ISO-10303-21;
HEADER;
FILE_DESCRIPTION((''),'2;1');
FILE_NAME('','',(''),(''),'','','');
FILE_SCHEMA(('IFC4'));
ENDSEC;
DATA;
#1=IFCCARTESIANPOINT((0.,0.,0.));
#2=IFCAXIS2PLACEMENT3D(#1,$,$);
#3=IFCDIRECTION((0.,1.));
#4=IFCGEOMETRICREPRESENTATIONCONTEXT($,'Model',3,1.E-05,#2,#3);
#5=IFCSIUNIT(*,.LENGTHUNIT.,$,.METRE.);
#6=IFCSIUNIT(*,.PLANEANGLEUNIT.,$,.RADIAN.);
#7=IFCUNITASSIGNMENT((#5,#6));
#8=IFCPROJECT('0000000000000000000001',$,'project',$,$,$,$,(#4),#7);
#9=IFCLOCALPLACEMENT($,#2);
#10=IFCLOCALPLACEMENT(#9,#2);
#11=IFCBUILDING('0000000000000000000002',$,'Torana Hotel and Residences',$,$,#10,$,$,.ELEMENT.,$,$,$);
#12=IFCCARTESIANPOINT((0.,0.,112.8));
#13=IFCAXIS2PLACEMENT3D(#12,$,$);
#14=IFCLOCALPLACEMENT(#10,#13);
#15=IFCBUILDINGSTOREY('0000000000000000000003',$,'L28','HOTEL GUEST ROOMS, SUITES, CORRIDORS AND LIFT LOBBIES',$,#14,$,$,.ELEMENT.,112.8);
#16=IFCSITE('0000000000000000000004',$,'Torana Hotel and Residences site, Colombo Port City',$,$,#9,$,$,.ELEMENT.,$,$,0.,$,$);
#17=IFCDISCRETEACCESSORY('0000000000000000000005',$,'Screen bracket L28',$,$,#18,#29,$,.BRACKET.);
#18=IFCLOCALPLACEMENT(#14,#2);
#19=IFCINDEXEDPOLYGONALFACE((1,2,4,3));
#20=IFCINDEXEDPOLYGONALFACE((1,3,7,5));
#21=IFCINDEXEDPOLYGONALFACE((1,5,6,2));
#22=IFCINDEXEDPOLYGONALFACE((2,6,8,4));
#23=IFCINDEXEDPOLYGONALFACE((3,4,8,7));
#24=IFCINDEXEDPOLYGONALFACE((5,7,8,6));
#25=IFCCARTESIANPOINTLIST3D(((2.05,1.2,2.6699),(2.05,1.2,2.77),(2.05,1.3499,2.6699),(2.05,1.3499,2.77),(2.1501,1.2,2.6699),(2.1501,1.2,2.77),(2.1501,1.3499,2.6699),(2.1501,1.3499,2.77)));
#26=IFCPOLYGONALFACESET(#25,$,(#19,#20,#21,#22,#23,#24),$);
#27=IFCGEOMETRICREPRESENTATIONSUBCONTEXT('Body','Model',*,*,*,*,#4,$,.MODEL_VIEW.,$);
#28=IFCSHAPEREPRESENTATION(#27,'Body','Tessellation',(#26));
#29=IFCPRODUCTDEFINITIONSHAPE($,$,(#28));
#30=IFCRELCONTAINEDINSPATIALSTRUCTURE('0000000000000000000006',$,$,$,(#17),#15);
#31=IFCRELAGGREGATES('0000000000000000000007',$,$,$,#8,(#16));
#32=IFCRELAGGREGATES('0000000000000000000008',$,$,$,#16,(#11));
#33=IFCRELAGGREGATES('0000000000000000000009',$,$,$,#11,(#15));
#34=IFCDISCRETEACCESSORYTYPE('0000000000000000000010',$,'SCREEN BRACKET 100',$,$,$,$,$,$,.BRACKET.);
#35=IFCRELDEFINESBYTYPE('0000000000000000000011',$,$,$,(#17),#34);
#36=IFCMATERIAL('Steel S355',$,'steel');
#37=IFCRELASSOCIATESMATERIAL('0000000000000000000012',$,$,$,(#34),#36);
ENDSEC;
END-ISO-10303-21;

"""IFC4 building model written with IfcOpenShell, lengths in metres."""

from ifc_helpers import new_model, si_unit, direction, frame, origin, origin_2d, place, context, subcontext, project, spatial, rectangle, extrude, material, type_object, element, save


model = new_model("IFC4")

# Units and contexts
model_context = context("Model", 3, precision=1e-05, world=origin(), true_north=direction((0.0, 1.0)))
body_context = subcontext(model_context, "Body", "Model", "MODEL_VIEW")
ifc_project = project(units=[si_unit("LENGTHUNIT", "METRE"), si_unit("PLANEANGLEUNIT", "RADIAN")], contexts=[model_context])

# Site, building, storey
site_placement = place(None, origin())
site = spatial("IfcSite", under=ifc_project, at=site_placement, Name="Torana Hotel and Residences site, Colombo Port City", CompositionType="ELEMENT", RefElevation=0.0)
building_placement = place(site_placement, origin())
building = spatial("IfcBuilding", under=site, at=building_placement, Name="Torana Hotel and Residences", CompositionType="ELEMENT")
storey_placement = place(building_placement, frame((0.0, 0.0, 112.8)))
storey = spatial("IfcBuildingStorey", under=building, at=storey_placement, Name="L28", Description="HOTEL GUEST ROOMS, SUITES, CORRIDORS AND LIFT LOBBIES", CompositionType="ELEMENT", Elevation=112.8)

# Discrete accessory
ifc_material_1 = material(Name="Steel S355", Category="steel")
discrete_accessory_type = type_object("IfcDiscreteAccessoryType", Name="SCREEN BRACKET 100", PredefinedType="BRACKET", material=ifc_material_1)
for number, where, z_axis, x_axis, name in (
    (1, (2.1001, 1.2749, 2.6699), (0.0, 0.0, 1.0), (-1.0, 0.0, 0.0), "Screen bracket L28"),
):
    element("IfcDiscreteAccessory", number, at=place(storey_placement, frame(where, z_axis=z_axis, x_axis=x_axis)), inside=storey, type_object=discrete_accessory_type, Name=name, PredefinedType="BRACKET", context=body_context, shape_type="SweptSolid", body=[
        extrude(rectangle(XDim=0.1001, YDim=0.1499, at=origin_2d()), origin(), (0.0, 0.0, 1.0), 0.1001),
    ])

save(model, "model.ifc")
